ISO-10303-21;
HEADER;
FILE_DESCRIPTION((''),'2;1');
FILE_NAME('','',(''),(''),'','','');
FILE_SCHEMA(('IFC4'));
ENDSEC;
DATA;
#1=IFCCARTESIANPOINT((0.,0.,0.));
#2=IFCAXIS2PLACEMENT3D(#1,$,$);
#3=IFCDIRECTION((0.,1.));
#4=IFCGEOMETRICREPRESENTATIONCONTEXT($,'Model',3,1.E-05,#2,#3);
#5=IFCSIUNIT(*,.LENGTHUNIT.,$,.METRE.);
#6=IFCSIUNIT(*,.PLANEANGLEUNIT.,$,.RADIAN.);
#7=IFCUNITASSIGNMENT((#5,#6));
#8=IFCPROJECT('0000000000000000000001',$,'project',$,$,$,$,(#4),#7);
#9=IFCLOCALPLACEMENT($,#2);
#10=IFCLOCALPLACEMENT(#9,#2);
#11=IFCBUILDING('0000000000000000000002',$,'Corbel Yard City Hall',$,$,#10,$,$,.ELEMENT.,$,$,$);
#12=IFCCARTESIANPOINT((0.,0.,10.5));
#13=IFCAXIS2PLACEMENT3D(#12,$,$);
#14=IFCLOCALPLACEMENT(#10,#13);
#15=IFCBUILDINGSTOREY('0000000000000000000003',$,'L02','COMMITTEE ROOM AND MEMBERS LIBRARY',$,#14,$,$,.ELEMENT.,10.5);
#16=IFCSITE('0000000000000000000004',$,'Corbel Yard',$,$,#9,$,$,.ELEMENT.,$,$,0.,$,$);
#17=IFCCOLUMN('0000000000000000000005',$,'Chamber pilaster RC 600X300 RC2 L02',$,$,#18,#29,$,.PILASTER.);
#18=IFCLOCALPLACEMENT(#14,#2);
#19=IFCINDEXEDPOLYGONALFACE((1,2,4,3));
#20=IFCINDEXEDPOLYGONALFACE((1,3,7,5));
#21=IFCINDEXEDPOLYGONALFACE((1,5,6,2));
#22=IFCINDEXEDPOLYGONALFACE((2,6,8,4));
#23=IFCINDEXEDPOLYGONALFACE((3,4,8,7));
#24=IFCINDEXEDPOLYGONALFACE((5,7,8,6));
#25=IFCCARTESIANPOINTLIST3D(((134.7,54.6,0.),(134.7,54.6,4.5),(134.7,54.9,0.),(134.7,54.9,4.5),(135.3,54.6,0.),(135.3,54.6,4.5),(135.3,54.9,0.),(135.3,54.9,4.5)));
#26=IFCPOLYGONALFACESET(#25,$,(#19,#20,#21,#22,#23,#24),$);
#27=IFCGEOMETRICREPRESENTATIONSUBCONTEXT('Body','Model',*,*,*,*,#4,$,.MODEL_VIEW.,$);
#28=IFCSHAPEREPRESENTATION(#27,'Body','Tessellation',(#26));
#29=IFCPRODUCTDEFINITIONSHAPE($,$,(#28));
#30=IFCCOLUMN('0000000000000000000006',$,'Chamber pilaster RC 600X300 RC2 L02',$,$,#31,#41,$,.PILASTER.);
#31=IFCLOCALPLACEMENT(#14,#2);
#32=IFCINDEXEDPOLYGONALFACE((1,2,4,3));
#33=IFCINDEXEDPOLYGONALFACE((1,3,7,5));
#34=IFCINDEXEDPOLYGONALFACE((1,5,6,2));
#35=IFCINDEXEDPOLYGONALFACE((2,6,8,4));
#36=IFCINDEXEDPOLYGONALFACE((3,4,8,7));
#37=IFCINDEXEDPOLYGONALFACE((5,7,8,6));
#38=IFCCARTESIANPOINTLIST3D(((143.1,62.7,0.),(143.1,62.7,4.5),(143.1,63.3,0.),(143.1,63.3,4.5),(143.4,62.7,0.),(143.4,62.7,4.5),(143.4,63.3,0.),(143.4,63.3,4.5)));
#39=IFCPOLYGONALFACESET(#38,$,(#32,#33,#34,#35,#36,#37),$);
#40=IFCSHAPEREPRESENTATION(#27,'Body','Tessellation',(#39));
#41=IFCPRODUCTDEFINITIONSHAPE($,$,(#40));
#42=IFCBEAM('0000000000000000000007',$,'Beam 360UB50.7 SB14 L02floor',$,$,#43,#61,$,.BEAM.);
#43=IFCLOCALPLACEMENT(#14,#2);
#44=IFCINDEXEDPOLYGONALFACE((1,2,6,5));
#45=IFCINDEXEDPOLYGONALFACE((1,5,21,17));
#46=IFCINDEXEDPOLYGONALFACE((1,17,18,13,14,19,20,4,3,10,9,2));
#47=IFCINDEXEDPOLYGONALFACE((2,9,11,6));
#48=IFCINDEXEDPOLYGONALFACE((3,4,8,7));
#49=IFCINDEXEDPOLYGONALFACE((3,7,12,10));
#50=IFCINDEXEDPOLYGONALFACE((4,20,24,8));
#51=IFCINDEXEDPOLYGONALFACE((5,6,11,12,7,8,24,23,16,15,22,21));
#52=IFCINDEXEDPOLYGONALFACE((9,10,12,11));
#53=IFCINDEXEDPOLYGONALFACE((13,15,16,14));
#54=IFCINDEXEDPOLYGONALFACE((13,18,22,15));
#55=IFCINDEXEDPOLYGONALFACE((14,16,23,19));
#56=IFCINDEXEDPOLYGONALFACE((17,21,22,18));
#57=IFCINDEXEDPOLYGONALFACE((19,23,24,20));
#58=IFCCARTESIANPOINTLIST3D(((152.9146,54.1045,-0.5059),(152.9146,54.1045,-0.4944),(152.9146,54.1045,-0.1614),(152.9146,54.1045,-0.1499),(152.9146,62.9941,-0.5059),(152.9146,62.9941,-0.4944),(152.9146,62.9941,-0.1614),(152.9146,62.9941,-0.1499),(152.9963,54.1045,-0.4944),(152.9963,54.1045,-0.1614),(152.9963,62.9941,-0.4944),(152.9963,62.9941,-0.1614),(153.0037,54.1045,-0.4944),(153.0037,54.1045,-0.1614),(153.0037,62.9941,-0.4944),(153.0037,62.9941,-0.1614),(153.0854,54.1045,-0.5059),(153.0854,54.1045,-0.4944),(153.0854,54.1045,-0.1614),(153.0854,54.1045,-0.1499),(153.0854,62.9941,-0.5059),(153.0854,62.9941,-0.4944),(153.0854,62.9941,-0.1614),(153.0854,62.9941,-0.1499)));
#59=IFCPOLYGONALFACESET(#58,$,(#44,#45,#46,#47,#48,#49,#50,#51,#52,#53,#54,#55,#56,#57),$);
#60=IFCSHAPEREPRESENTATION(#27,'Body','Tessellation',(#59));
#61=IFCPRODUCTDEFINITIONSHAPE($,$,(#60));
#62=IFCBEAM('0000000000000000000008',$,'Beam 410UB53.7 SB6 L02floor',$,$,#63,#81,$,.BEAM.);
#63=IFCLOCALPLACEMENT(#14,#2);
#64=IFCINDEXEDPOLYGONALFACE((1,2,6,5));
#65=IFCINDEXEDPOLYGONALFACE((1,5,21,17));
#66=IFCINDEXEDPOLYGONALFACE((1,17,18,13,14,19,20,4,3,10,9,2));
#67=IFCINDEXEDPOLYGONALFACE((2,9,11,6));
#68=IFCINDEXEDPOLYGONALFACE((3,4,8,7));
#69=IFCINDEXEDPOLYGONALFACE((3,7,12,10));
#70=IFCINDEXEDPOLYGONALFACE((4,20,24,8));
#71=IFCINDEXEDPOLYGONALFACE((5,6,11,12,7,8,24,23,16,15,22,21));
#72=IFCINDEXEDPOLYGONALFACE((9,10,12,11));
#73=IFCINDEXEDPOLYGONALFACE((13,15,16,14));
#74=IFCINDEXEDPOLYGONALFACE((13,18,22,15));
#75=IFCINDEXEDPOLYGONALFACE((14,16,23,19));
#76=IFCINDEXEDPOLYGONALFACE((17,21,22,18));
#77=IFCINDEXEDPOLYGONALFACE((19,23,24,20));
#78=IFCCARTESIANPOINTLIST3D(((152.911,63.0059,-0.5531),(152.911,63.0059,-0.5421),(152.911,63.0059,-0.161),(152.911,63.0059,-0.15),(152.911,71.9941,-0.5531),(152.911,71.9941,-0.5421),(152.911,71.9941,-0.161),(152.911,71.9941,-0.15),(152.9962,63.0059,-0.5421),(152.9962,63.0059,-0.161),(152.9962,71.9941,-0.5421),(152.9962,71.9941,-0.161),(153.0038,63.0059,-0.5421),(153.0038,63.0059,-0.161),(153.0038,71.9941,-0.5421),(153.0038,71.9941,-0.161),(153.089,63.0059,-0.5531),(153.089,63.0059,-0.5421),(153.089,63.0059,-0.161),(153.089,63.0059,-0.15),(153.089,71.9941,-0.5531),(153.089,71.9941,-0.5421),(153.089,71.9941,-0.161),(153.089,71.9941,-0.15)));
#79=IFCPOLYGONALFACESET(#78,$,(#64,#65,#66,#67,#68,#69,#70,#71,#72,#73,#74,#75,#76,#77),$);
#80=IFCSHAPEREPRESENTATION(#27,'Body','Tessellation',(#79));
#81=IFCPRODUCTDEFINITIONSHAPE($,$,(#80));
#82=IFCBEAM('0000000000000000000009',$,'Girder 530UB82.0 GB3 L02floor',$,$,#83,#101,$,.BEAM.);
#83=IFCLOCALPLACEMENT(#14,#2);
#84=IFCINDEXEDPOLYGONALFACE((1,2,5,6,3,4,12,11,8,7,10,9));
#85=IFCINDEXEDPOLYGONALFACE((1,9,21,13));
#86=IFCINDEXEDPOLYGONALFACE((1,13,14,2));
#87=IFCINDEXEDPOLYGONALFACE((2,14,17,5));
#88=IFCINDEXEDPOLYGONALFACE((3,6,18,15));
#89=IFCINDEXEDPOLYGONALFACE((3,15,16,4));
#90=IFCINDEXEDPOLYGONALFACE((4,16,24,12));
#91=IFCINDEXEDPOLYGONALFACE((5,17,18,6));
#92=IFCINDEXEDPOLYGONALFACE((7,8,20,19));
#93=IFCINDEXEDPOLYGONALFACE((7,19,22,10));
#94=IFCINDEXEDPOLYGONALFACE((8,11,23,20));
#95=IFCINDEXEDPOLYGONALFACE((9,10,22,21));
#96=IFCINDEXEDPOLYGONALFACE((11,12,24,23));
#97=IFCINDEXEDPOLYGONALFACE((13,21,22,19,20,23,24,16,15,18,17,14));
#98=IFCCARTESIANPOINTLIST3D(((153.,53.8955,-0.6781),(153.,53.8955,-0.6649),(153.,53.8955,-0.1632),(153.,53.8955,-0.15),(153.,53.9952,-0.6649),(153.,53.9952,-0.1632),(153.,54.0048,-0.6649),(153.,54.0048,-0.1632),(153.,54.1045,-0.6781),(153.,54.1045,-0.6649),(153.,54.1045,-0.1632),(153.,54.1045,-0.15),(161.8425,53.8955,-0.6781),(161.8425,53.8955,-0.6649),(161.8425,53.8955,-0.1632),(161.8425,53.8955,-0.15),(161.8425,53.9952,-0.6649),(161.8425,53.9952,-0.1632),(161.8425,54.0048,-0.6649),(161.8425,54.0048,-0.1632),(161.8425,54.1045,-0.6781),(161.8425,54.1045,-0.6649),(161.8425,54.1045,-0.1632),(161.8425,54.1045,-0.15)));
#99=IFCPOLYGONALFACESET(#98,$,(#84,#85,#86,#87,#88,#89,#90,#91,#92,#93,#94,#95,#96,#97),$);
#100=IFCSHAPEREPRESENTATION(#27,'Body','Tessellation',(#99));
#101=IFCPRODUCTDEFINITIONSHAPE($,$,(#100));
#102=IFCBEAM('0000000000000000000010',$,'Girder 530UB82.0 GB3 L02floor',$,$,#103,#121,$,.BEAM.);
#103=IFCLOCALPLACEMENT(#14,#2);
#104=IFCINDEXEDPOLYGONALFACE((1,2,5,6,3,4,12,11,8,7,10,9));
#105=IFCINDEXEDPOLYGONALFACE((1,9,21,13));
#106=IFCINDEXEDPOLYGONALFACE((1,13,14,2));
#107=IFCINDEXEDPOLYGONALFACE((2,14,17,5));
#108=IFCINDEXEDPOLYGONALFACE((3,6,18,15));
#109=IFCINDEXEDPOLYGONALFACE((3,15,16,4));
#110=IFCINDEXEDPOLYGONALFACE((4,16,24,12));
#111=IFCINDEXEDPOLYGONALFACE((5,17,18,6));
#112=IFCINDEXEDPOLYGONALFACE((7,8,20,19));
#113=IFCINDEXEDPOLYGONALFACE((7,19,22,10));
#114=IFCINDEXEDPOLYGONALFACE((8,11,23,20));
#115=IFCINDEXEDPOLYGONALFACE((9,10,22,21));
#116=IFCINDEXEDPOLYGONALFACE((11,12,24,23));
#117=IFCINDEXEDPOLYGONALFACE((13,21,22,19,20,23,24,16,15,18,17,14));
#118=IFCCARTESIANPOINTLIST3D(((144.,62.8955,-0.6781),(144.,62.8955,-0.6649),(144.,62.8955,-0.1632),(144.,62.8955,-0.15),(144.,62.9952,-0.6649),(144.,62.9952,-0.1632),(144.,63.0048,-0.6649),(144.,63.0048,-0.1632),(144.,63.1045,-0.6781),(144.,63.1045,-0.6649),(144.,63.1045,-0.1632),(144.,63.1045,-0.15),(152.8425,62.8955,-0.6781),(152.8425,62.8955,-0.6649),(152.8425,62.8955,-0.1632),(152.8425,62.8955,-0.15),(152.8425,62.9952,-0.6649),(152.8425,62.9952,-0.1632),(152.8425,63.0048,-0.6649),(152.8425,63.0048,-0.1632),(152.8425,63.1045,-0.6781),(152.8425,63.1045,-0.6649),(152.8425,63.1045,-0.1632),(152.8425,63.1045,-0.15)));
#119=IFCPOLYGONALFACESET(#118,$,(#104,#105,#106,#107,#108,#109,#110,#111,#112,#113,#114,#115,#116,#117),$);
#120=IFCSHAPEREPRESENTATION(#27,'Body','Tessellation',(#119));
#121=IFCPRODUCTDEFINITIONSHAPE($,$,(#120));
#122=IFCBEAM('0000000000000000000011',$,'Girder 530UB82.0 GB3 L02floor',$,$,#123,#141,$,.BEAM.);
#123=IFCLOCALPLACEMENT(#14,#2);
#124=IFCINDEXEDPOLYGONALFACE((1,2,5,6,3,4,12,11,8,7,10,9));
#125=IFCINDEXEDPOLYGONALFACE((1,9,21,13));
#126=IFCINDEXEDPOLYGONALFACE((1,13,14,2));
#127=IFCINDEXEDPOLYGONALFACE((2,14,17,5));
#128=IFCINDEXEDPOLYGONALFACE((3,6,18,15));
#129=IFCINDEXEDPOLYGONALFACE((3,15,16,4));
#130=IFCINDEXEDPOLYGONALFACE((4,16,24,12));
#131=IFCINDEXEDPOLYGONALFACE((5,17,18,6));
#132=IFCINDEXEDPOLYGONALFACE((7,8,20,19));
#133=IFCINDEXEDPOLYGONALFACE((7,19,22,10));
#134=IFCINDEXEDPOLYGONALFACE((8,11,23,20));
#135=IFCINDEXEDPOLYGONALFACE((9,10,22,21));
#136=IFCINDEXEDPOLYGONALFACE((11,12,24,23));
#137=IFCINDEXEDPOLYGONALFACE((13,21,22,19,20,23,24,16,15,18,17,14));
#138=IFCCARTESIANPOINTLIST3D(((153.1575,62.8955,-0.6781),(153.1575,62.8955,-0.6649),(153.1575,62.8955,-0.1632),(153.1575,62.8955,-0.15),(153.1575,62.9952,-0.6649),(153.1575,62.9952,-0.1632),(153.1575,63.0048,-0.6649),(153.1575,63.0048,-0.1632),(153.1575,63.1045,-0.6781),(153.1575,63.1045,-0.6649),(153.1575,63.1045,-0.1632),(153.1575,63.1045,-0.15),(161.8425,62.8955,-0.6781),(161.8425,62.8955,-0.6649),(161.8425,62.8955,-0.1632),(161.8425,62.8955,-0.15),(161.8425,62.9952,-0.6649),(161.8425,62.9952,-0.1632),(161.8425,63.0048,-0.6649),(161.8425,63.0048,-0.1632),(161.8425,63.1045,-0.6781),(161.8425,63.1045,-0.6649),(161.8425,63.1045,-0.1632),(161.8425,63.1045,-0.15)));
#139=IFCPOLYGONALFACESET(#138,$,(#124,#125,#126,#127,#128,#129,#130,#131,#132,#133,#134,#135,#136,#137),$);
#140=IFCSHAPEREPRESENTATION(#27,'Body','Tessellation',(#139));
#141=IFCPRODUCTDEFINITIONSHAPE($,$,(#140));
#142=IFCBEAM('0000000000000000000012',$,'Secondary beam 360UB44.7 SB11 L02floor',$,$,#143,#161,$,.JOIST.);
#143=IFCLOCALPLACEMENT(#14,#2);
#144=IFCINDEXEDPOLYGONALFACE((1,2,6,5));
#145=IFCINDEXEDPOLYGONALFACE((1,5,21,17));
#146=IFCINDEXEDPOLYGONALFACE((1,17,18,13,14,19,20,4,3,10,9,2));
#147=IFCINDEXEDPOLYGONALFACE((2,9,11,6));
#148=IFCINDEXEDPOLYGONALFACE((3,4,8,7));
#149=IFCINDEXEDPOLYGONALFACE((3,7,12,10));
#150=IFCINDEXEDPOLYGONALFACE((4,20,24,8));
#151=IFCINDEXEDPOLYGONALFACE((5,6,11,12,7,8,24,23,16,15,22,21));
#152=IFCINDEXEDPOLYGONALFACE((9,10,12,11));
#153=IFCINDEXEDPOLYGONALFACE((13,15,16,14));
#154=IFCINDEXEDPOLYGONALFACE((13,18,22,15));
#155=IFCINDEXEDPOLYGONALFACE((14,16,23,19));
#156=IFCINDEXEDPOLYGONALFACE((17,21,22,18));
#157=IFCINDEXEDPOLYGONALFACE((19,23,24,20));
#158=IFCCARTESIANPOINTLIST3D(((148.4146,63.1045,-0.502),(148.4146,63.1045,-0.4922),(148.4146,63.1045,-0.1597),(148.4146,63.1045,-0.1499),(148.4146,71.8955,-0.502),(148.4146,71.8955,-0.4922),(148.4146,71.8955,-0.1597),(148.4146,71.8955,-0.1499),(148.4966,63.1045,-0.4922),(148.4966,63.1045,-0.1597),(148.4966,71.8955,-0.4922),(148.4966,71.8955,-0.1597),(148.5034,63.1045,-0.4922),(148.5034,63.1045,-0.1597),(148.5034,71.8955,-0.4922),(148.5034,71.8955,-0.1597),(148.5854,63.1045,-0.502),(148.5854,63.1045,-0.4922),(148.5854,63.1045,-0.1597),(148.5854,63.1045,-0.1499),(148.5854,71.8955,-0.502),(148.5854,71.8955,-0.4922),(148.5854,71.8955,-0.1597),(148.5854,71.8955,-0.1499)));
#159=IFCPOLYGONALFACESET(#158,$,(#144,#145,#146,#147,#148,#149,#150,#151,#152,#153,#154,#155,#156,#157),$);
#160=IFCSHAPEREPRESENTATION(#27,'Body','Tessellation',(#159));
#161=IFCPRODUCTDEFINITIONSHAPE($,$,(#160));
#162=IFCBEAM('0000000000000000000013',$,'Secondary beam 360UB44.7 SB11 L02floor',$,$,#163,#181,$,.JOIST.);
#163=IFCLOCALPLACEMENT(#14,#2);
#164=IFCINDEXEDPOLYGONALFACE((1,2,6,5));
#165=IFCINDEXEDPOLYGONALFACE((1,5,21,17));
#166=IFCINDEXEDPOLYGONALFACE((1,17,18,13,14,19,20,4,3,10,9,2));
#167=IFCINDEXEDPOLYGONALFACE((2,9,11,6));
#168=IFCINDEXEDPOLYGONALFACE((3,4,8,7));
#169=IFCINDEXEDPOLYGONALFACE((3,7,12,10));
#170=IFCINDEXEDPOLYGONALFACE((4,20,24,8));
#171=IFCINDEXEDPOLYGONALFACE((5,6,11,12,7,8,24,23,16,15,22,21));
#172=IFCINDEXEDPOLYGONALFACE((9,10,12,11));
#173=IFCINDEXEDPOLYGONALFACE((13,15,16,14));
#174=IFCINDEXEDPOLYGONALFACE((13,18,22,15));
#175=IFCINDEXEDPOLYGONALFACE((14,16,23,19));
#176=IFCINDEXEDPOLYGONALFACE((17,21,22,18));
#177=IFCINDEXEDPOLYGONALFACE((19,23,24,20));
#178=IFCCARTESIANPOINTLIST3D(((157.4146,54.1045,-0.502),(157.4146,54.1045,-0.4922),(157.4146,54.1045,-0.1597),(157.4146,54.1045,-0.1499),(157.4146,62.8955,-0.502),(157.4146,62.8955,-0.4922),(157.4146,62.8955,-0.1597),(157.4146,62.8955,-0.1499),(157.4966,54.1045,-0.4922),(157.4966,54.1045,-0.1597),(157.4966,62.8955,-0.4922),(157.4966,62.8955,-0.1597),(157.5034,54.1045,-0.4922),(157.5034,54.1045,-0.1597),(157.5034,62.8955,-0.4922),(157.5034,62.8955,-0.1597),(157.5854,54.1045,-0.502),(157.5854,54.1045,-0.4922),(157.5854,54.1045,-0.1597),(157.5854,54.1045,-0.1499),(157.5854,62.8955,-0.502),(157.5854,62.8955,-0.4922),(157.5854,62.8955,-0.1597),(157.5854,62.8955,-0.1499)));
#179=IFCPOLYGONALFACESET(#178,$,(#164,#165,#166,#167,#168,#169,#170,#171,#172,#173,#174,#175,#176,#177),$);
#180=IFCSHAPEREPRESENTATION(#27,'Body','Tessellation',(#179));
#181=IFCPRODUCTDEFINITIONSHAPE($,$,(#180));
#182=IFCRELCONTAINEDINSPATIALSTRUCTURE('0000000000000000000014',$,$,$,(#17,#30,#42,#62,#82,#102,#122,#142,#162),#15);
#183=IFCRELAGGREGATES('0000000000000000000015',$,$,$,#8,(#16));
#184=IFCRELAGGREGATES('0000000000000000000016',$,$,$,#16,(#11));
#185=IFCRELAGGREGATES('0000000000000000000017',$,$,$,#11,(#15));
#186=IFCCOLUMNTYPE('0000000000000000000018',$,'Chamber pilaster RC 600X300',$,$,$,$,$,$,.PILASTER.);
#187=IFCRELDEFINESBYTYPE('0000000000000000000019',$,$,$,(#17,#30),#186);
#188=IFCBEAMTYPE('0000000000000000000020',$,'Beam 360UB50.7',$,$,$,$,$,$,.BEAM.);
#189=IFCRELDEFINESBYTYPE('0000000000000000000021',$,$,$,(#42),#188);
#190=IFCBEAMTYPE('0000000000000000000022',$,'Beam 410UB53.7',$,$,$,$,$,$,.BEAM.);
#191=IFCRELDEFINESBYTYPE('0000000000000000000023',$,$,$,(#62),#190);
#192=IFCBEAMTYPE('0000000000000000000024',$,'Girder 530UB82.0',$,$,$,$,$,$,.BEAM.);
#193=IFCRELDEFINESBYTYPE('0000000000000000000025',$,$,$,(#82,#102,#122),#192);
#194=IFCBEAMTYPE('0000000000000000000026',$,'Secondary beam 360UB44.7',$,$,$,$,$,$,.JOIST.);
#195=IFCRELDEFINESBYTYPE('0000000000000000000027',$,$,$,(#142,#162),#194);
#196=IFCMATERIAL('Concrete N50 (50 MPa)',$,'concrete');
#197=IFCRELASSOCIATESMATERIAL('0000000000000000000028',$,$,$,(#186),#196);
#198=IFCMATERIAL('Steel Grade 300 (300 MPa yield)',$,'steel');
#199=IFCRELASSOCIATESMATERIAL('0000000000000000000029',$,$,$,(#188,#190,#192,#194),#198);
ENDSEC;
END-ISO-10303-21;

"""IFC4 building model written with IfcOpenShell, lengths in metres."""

from ifc_helpers import new_model, si_unit, direction, frame, origin, origin_2d, place, context, subcontext, project, spatial, rectangle, i_section, extrude, material, material_profile, profile_set, type_object, element, save


model = new_model("IFC4")

# Units and contexts
model_context = context("Model", 3, precision=1e-05, world=origin(), true_north=direction((0.0, 1.0)))
body_context = subcontext(model_context, "Body", "Model", "MODEL_VIEW")
ifc_project = project(units=[si_unit("LENGTHUNIT", "METRE"), si_unit("PLANEANGLEUNIT", "RADIAN")], contexts=[model_context])

# Site, building, storey
site_placement = place(None, origin())
site = spatial("IfcSite", under=ifc_project, at=site_placement, Name="Corbel Yard", CompositionType="ELEMENT", RefElevation=0.0)
building_placement = place(site_placement, origin())
building = spatial("IfcBuilding", under=site, at=building_placement, Name="Corbel Yard City Hall", CompositionType="ELEMENT")
storey_placement = place(building_placement, frame((0.0, 0.0, 10.5)))
storey = spatial("IfcBuildingStorey", under=building, at=storey_placement, Name="L02", Description="COMMITTEE ROOM AND MEMBERS LIBRARY", CompositionType="ELEMENT", Elevation=10.5)

# Columns
ifc_material_1 = material(Name="Concrete N50 (50 MPa)", Category="concrete")
ifc_material_profile_1 = material_profile(ifc_material_1, rectangle(XDim=0.6001, YDim=0.3, at=origin_2d()), Name="600x300")
ifc_profile_set_1 = profile_set([ifc_material_profile_1], Name="Concrete N50 (50 MPa)")
column_type = type_object("IfcColumnType", Name="Chamber pilaster RC 600X300", PredefinedType="PILASTER", material=ifc_profile_set_1)
for number, where, z_axis, x_axis, name in (
    (1, (135.0, 54.75, 0.0), (0.0, 0.0, 1.0), (1.0, 0.0, 0.0), "Chamber pilaster RC 600X300 RC2 L02"),
    (2, (143.25, 63.0, 0.0), (0.0, 0.0, 1.0), (0.0, 1.0, 0.0), "Chamber pilaster RC 600X300 RC2 L02"),
):
    element("IfcColumn", number, at=place(storey_placement, frame(where, z_axis=z_axis, x_axis=x_axis)), inside=storey, type_object=column_type, Name=name, PredefinedType="PILASTER", context=body_context, shape_type="SweptSolid", body=[
        extrude(rectangle(XDim=0.6001, YDim=0.3, at=origin_2d()), origin(), (0.0, 0.0, 1.0), 4.5),
    ])

# Beams
ifc_material_2 = material(Name="Steel Grade 300 (300 MPa yield)", Category="steel")
ifc_material_profile_2 = material_profile(ifc_material_2, i_section(OverallWidth=0.1709, OverallDepth=0.356, WebThickness=0.0073, FlangeThickness=0.0115, at=origin_2d()), Name="360UB50.7")
ifc_profile_set_2 = profile_set([ifc_material_profile_2], Name="Steel Grade 300 (300 MPa yield)")
beam_type_1 = type_object("IfcBeamType", Name="Beam 360UB50.7", PredefinedType="BEAM", material=ifc_profile_set_2)
beam_1_placement = place(storey_placement, frame((153.0, 54.1045, -0.3279), z_axis=(0.0, 1.0, 0.0), x_axis=(-1.0, 0.0, 0.0)))
element("IfcBeam", 3, at=beam_1_placement, inside=storey, type_object=beam_type_1, Name="Beam 360UB50.7 SB14 L02floor", PredefinedType="BEAM", context=body_context, shape_type="SweptSolid", body=[
    extrude(i_section(OverallWidth=0.1709, OverallDepth=0.356, WebThickness=0.0073, FlangeThickness=0.0115, at=origin_2d()), origin(), (0.0, 0.0, 1.0), 8.8896),
])
ifc_material_profile_3 = material_profile(ifc_material_2, i_section(OverallWidth=0.178, OverallDepth=0.4031, WebThickness=0.0076, FlangeThickness=0.011, at=origin_2d()), Name="410UB53.7")
ifc_profile_set_3 = profile_set([ifc_material_profile_3], Name="Steel Grade 300 (300 MPa yield)")
beam_type_2 = type_object("IfcBeamType", Name="Beam 410UB53.7", PredefinedType="BEAM", material=ifc_profile_set_3)
beam_2_placement = place(storey_placement, frame((153.0, 63.0059, -0.3516), z_axis=(0.0, 1.0, 0.0), x_axis=(-1.0, 0.0, 0.0)))
element("IfcBeam", 4, at=beam_2_placement, inside=storey, type_object=beam_type_2, Name="Beam 410UB53.7 SB6 L02floor", PredefinedType="BEAM", context=body_context, shape_type="SweptSolid", body=[
    extrude(i_section(OverallWidth=0.178, OverallDepth=0.4031, WebThickness=0.0076, FlangeThickness=0.011, at=origin_2d()), origin(), (0.0, 0.0, 1.0), 8.9883),
])
ifc_material_profile_4 = material_profile(ifc_material_2, i_section(OverallWidth=0.209, OverallDepth=0.5281, WebThickness=0.0095, FlangeThickness=0.0132, at=origin_2d()), Name="530UB82.0")
ifc_profile_set_4 = profile_set([ifc_material_profile_4], Name="Steel Grade 300 (300 MPa yield)")
beam_type_3 = type_object("IfcBeamType", Name="Girder 530UB82.0", PredefinedType="BEAM", material=ifc_profile_set_4)
for number, where, z_axis, x_axis, name in (
    (5, (153.0, 54.0, -0.4141), (1.0, 0.0, 0.0), (0.0, 1.0, 0.0), "Girder 530UB82.0 GB3 L02floor"),
    (6, (144.0, 63.0, -0.4141), (1.0, 0.0, 0.0), (0.0, 1.0, 0.0), "Girder 530UB82.0 GB3 L02floor"),
):
    element("IfcBeam", number, at=place(storey_placement, frame(where, z_axis=z_axis, x_axis=x_axis)), inside=storey, type_object=beam_type_3, Name=name, PredefinedType="BEAM", context=body_context, shape_type="SweptSolid", body=[
        extrude(i_section(OverallWidth=0.209, OverallDepth=0.5281, WebThickness=0.0095, FlangeThickness=0.0132, at=origin_2d()), origin(), (0.0, 0.0, 1.0), 8.8425),
    ])
beam_3_placement = place(storey_placement, frame((153.1575, 63.0, -0.4141), z_axis=(1.0, 0.0, 0.0), x_axis=(0.0, 1.0, 0.0)))
element("IfcBeam", 7, at=beam_3_placement, inside=storey, type_object=beam_type_3, Name="Girder 530UB82.0 GB3 L02floor", PredefinedType="BEAM", context=body_context, shape_type="SweptSolid", body=[
    extrude(i_section(OverallWidth=0.209, OverallDepth=0.5281, WebThickness=0.0095, FlangeThickness=0.0132, at=origin_2d()), origin(), (0.0, 0.0, 1.0), 8.6851),
])
ifc_material_profile_5 = material_profile(ifc_material_2, i_section(OverallWidth=0.1709, OverallDepth=0.3521, WebThickness=0.0068, FlangeThickness=0.0098, at=origin_2d()), Name="360UB44.7")
ifc_profile_set_5 = profile_set([ifc_material_profile_5], Name="Steel Grade 300 (300 MPa yield)")
beam_type_4 = type_object("IfcBeamType", Name="Secondary beam 360UB44.7", PredefinedType="JOIST", material=ifc_profile_set_5)
for number, where, z_axis, x_axis, name in (
    (8, (148.5, 63.1045, -0.3259), (0.0, 1.0, 0.0), (-1.0, 0.0, 0.0), "Secondary beam 360UB44.7 SB11 L02floor"),
    (9, (157.5, 54.1045, -0.3259), (0.0, 1.0, 0.0), (-1.0, 0.0, 0.0), "Secondary beam 360UB44.7 SB11 L02floor"),
):
    element("IfcBeam", number, at=place(storey_placement, frame(where, z_axis=z_axis, x_axis=x_axis)), inside=storey, type_object=beam_type_4, Name=name, PredefinedType="JOIST", context=body_context, shape_type="SweptSolid", body=[
        extrude(i_section(OverallWidth=0.1709, OverallDepth=0.3521, WebThickness=0.0068, FlangeThickness=0.0098, at=origin_2d()), origin(), (0.0, 0.0, 1.0), 8.791),
    ])

save(model, "model.ifc")
